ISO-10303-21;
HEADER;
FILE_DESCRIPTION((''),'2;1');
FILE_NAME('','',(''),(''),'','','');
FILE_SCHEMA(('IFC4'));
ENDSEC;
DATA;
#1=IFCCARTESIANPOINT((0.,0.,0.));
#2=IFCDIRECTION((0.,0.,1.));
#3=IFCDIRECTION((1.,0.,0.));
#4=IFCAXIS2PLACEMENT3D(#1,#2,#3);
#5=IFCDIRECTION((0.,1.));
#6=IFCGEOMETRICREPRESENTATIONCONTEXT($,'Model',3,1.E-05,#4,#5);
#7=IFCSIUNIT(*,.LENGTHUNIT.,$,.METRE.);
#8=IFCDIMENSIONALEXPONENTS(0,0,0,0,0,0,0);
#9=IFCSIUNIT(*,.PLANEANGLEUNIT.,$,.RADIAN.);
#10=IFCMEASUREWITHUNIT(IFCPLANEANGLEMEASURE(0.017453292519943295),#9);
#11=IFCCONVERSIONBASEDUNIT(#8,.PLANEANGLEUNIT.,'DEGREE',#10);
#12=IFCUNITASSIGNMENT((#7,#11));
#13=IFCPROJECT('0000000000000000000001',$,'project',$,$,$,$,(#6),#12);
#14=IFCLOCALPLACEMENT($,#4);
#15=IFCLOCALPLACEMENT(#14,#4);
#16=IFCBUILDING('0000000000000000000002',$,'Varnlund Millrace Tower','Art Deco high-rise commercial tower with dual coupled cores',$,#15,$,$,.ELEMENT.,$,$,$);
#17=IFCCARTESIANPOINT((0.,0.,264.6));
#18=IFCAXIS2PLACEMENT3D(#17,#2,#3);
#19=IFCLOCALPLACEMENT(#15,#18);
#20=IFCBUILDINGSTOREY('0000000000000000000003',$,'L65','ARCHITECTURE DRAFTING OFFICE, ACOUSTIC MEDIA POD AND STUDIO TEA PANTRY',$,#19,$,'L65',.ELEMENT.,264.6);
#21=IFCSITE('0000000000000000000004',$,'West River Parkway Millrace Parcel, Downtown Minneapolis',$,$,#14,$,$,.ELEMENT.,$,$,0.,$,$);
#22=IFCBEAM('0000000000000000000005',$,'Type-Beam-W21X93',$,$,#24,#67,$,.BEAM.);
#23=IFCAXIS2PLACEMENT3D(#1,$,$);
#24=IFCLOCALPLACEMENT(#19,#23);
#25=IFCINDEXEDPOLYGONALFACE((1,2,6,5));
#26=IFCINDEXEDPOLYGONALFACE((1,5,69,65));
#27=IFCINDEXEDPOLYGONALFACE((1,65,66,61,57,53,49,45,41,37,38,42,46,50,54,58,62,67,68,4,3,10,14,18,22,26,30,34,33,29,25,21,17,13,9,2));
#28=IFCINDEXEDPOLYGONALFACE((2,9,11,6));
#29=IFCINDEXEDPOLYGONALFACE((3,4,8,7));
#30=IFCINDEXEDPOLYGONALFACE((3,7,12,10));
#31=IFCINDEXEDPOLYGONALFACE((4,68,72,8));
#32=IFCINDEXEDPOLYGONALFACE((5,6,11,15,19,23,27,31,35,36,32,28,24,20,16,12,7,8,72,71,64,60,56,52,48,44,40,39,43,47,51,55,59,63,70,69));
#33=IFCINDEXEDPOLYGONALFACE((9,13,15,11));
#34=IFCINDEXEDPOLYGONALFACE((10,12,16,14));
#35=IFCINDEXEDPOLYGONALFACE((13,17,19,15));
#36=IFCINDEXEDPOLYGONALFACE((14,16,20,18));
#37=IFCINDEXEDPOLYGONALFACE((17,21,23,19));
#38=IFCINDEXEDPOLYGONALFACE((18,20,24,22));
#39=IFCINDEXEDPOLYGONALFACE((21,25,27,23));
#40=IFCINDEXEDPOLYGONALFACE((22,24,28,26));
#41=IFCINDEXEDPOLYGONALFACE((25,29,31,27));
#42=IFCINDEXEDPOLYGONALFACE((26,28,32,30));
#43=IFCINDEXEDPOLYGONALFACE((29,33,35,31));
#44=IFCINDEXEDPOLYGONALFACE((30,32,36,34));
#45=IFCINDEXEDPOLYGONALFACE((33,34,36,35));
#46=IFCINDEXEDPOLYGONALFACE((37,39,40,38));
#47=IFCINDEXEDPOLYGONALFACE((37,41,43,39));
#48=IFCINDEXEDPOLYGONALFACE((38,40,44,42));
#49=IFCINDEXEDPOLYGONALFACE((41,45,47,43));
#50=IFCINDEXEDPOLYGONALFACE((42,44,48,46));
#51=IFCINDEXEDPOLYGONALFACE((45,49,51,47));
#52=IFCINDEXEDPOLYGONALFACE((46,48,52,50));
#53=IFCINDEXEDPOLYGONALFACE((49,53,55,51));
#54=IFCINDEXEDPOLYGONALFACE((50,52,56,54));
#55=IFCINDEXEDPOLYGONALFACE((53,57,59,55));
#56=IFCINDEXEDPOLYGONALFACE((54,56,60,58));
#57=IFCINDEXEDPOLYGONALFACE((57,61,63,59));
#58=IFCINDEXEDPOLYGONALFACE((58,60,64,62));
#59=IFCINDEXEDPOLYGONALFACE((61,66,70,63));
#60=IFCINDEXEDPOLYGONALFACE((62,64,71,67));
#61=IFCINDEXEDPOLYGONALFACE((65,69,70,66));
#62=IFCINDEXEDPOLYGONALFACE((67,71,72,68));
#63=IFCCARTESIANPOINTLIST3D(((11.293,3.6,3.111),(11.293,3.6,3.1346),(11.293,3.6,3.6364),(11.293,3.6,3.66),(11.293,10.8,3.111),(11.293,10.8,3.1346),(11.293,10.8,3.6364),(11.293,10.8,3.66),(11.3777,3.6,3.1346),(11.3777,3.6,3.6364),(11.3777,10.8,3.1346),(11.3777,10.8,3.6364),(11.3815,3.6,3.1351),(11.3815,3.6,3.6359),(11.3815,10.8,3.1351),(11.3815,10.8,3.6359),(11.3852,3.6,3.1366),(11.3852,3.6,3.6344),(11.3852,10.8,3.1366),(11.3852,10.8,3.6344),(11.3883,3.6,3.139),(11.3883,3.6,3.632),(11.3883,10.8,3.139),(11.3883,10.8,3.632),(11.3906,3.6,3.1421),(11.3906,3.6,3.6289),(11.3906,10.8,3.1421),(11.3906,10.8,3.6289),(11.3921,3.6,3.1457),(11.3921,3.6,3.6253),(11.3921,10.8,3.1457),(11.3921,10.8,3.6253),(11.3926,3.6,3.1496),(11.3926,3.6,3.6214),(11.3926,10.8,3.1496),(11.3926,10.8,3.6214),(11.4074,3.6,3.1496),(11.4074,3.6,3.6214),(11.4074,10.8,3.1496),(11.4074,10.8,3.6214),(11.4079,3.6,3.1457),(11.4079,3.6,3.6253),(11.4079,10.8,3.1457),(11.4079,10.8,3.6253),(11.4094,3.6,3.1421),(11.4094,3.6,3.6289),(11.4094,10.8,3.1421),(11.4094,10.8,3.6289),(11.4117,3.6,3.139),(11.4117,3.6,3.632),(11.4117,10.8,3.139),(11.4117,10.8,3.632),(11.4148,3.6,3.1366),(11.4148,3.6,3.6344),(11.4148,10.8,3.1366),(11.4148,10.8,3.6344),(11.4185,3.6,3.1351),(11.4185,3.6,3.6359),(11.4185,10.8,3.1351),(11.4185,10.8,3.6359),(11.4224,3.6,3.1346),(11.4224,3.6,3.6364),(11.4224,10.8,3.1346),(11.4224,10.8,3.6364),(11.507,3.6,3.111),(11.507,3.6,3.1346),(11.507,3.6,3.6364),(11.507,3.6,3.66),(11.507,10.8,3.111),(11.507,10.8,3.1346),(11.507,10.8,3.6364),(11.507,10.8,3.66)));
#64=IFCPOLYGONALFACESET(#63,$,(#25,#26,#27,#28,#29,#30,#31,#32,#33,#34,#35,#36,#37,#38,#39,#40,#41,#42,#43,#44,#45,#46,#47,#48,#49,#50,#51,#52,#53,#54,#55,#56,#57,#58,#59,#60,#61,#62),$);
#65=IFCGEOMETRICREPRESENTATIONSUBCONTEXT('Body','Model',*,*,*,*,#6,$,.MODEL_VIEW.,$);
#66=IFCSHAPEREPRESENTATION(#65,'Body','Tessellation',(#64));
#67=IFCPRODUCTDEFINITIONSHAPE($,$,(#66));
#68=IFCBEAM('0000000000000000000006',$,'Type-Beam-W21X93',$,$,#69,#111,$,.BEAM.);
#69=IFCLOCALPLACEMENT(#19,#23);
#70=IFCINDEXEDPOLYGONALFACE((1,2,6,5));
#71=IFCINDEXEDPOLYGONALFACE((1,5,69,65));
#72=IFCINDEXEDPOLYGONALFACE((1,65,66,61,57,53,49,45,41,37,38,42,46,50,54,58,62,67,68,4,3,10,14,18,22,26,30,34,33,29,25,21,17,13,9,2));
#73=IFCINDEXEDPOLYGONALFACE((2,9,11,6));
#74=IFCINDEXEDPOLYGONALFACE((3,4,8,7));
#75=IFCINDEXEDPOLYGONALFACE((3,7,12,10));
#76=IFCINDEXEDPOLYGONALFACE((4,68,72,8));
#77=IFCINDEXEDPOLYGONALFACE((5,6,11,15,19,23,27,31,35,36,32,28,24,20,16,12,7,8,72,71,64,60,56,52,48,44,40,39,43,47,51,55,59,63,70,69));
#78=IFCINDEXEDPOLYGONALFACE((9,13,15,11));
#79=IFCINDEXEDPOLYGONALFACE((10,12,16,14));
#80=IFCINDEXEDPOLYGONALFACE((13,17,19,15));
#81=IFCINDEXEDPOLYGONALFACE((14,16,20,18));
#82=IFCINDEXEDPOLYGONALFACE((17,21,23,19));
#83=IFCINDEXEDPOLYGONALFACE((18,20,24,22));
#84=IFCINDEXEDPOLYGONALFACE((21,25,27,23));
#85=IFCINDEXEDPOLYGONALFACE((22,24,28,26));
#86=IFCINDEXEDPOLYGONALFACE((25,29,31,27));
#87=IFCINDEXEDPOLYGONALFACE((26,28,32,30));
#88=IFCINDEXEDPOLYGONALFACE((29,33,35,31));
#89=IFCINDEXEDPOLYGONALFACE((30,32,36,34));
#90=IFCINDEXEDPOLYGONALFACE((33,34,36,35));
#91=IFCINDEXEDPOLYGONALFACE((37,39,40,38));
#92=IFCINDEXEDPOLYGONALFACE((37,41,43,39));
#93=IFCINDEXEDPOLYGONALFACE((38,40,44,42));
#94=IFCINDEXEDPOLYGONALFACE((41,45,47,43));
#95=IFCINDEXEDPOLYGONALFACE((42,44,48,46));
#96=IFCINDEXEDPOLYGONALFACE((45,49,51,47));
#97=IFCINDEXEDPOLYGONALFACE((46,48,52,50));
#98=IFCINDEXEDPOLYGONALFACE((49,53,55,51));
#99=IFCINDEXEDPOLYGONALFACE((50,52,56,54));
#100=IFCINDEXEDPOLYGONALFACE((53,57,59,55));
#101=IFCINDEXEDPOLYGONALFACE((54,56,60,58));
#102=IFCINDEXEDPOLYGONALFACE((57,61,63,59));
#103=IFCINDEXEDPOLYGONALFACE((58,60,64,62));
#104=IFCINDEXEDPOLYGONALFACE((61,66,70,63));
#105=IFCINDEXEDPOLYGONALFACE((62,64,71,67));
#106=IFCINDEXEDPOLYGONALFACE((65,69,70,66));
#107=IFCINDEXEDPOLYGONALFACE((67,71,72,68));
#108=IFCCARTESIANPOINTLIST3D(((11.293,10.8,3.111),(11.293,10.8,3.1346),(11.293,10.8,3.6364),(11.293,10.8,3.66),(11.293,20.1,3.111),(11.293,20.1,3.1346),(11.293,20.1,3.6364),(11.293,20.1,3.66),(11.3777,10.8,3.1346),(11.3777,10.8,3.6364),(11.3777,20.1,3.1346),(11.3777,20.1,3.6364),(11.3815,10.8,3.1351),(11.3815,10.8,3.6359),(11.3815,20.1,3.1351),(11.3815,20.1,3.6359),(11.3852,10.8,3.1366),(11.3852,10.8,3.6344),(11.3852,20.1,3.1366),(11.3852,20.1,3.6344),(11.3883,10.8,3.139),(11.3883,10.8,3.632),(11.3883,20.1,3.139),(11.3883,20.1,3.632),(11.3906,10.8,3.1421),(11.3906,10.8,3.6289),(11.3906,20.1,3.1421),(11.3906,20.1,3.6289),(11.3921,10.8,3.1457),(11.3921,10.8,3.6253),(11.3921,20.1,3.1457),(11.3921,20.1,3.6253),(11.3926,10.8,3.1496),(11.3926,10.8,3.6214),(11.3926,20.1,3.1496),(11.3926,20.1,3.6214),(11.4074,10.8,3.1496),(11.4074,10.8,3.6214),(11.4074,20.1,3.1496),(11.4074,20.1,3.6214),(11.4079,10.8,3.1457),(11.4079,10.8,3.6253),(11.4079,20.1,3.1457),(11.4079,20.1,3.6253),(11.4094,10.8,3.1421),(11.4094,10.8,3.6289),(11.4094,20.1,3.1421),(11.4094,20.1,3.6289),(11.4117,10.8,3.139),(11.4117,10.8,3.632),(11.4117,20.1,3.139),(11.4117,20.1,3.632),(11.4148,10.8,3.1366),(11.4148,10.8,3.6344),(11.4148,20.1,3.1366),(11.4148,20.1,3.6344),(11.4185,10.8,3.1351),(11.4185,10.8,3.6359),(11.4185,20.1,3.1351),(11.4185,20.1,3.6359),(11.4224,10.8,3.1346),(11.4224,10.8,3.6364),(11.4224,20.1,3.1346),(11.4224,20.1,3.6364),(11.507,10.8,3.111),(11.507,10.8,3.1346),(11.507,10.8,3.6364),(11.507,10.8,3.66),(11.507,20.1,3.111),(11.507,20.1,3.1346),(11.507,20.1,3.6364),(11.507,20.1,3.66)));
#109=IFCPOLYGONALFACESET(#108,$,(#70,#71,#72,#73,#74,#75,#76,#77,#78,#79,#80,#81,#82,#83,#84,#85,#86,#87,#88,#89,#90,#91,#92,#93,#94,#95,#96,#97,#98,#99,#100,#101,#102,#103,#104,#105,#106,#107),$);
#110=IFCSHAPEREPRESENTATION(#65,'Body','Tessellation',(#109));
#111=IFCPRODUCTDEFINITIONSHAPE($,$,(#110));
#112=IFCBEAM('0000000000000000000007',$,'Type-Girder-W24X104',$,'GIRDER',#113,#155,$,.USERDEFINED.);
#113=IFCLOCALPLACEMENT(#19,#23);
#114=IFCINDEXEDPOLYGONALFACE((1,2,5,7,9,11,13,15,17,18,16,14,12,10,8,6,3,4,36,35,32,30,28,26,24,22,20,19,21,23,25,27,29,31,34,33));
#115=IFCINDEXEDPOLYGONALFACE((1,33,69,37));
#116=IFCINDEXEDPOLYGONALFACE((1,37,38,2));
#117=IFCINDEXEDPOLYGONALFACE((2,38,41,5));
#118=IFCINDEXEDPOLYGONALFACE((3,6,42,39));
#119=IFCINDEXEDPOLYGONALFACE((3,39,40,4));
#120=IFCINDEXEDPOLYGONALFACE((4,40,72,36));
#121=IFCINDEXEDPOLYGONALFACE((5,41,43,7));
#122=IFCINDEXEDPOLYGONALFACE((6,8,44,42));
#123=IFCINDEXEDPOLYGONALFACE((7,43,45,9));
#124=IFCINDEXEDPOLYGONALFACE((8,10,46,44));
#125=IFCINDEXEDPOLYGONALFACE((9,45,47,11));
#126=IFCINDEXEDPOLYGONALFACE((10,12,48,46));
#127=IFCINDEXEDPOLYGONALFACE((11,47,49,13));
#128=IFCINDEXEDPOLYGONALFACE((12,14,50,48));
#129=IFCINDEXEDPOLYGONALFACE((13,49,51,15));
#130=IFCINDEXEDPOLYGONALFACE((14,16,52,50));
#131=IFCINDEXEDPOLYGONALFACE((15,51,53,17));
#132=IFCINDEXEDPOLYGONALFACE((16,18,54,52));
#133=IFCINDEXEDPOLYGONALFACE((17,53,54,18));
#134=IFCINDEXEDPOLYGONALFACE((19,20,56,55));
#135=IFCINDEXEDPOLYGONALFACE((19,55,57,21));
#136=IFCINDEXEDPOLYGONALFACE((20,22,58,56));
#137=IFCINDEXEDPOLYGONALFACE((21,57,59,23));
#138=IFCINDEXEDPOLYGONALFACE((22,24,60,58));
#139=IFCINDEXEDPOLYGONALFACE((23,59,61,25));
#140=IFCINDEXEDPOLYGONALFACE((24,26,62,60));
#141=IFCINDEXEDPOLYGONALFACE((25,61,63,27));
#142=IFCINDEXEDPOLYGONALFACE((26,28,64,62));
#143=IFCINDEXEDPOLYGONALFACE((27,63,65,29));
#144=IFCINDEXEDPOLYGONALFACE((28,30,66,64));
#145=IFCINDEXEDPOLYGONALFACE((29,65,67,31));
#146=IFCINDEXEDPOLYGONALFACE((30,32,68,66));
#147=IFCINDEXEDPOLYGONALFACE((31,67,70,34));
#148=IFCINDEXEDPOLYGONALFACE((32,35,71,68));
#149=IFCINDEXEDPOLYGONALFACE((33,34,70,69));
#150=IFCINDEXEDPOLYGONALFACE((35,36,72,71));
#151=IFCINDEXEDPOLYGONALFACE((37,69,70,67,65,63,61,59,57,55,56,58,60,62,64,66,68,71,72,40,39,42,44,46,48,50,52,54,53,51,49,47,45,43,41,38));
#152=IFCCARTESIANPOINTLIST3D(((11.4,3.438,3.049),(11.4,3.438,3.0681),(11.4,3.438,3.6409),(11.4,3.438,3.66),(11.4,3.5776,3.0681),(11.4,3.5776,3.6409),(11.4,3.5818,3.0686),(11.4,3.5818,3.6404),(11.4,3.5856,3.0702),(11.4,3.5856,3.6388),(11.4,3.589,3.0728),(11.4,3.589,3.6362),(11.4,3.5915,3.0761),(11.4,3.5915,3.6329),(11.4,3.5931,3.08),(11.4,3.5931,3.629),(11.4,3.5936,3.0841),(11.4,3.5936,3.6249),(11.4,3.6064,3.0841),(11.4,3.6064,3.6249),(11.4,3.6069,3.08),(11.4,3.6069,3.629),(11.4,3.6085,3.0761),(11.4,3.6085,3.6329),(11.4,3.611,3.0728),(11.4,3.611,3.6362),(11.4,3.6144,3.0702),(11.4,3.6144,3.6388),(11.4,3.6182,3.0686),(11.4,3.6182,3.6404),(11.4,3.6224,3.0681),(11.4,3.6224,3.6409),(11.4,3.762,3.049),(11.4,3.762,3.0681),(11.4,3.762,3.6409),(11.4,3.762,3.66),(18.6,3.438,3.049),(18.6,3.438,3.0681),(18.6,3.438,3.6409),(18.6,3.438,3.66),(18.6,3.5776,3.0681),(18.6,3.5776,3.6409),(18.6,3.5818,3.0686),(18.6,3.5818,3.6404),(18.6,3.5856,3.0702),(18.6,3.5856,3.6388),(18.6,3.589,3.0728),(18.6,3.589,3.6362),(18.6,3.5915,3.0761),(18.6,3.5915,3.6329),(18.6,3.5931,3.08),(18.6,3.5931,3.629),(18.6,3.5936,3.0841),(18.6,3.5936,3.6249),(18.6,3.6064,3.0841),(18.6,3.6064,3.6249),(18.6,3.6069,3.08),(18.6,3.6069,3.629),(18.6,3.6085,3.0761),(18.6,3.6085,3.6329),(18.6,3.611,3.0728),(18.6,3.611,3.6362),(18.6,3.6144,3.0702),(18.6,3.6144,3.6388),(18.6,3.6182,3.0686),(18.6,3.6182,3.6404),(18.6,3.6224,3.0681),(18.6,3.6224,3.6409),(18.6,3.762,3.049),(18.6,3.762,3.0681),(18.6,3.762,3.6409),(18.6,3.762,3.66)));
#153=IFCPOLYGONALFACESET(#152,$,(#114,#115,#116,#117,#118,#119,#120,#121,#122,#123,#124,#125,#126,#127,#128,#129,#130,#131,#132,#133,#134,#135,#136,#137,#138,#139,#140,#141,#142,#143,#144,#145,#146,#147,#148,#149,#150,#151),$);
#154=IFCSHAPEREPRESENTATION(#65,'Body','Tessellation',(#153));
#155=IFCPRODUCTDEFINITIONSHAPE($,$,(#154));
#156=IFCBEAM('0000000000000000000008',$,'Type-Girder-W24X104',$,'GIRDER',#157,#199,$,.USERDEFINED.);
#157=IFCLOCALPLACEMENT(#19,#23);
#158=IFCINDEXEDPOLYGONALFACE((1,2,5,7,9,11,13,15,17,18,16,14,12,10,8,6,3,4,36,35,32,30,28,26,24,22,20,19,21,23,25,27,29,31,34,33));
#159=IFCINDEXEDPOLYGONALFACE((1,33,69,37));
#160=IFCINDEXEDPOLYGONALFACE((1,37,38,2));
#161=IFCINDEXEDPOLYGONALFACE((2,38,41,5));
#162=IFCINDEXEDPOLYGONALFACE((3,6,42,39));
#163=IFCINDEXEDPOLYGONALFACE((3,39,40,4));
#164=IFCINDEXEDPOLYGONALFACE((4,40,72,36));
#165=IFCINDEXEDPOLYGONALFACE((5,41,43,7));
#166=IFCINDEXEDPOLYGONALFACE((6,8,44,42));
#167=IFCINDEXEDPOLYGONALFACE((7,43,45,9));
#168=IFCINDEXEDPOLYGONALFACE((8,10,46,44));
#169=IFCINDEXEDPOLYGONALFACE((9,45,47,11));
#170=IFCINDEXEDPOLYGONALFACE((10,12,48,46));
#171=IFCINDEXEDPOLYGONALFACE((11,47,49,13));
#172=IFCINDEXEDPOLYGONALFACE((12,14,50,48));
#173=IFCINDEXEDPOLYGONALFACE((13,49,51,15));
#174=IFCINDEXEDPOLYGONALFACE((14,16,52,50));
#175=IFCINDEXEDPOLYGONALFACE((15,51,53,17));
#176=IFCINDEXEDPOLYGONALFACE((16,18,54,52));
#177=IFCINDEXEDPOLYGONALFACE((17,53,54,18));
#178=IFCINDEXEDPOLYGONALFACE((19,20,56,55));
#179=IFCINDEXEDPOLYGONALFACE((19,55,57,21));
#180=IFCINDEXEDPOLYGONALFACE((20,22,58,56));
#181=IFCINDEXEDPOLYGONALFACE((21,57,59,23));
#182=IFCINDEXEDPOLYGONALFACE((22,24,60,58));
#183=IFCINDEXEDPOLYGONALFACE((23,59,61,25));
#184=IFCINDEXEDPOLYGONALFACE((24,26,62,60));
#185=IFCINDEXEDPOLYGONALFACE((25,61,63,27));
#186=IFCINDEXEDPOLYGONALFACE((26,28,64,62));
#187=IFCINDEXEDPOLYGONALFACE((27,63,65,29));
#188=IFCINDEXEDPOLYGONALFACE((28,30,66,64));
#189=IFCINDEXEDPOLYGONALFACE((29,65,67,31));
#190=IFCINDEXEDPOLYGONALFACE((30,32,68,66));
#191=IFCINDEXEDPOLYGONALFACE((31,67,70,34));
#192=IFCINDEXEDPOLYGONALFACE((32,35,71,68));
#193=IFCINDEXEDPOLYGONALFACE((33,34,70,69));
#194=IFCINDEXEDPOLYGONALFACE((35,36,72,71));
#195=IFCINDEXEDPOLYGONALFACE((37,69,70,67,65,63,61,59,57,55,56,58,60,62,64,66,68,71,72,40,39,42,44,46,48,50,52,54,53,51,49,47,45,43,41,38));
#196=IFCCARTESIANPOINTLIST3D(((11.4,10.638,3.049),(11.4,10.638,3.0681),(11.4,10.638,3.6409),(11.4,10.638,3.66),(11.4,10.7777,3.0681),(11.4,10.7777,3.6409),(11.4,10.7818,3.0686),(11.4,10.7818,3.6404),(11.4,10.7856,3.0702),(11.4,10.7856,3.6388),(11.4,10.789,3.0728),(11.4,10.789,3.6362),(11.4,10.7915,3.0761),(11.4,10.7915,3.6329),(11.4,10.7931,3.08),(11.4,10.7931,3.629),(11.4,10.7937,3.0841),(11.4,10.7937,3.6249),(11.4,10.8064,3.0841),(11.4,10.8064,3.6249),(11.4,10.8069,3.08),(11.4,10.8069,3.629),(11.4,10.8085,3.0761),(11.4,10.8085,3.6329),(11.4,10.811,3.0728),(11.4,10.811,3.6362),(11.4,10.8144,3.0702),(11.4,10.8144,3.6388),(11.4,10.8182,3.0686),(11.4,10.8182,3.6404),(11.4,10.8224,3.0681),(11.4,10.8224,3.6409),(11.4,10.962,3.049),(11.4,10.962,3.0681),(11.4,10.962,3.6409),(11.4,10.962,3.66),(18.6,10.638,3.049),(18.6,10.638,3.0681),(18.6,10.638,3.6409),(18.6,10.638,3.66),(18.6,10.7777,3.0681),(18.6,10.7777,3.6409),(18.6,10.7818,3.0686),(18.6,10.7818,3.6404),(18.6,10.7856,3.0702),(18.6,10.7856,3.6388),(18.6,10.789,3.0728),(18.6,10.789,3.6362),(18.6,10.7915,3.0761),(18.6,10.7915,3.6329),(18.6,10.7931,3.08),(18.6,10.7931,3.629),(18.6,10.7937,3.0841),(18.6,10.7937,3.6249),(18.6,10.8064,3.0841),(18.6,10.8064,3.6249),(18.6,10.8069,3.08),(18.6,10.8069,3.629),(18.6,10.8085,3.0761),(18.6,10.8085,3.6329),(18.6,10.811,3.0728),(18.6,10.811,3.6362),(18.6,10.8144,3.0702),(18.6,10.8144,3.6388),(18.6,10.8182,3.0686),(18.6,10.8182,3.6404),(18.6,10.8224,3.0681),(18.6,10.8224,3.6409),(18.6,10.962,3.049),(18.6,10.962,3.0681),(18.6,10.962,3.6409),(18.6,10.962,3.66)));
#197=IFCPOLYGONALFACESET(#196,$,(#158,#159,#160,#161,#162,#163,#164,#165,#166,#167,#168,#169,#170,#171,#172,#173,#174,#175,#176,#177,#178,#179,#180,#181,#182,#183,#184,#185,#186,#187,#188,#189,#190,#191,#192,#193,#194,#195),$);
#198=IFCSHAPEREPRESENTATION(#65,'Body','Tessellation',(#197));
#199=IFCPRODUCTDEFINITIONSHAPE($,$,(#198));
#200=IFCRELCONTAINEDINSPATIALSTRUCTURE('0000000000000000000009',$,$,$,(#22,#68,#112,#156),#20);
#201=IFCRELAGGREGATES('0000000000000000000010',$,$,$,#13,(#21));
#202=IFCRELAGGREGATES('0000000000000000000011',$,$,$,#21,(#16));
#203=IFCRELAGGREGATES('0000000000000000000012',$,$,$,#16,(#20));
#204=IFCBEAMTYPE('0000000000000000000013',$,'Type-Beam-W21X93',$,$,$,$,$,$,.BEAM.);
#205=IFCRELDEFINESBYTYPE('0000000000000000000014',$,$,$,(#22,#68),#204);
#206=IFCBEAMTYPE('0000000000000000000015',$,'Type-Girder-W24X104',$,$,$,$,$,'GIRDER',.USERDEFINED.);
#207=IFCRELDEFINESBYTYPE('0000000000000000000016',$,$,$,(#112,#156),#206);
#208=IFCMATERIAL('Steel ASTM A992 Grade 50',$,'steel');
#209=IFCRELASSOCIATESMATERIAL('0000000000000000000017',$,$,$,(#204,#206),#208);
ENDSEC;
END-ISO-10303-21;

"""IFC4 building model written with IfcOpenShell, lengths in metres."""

from ifc_helpers import new_model, entity, si_unit, converted_unit, direction, frame, origin_with_axes, origin_2d_with_axis, place, context, subcontext, project, spatial, i_section, extrude, material, material_profile, profile_set, type_object, element, save


model = new_model("IFC4")

# Units and contexts
model_context = context("Model", 3, precision=1e-05, world=origin_with_axes(), true_north=direction((0.0, 1.0)))
body_context = subcontext(model_context, "Body", "Model", "MODEL_VIEW")
ifc_project = project(units=[si_unit("LENGTHUNIT", "METRE"), converted_unit("PLANEANGLEUNIT", "DEGREE", entity("IfcPlaneAngleMeasure", 0.017453292519943295), si_unit("PLANEANGLEUNIT", "RADIAN"), dimensions=[0, 0, 0, 0, 0, 0, 0])], contexts=[model_context])

# Site, building, storey
site_placement = place(None, origin_with_axes())
site = spatial("IfcSite", under=ifc_project, at=site_placement, Name="West River Parkway Millrace Parcel, Downtown Minneapolis", CompositionType="ELEMENT", RefElevation=0.0)
building_placement = place(site_placement, origin_with_axes())
building = spatial("IfcBuilding", under=site, at=building_placement, Name="Varnlund Millrace Tower", Description="Art Deco high-rise commercial tower with dual coupled cores", CompositionType="ELEMENT")
storey_placement = place(building_placement, frame((0.0, 0.0, 264.6), z_axis=(0.0, 0.0, 1.0), x_axis=(1.0, 0.0, 0.0)))
storey = spatial("IfcBuildingStorey", under=building, at=storey_placement, Name="L65", Description="ARCHITECTURE DRAFTING OFFICE, ACOUSTIC MEDIA POD AND STUDIO TEA PANTRY", LongName="L65", CompositionType="ELEMENT", Elevation=264.6)

# Beams
ifc_material_1 = material(Name="Steel ASTM A992 Grade 50", Category="steel")
ifc_material_profile_1 = material_profile(ifc_material_1, i_section(OverallWidth=0.214, OverallDepth=0.549, WebThickness=0.0147, FlangeThickness=0.0236, FilletRadius=0.015, at=origin_2d_with_axis()), Name="Steel ASTM A992 Grade 50")
ifc_profile_set_1 = profile_set([ifc_material_profile_1], Name="Steel ASTM A992 Grade 50")
beam_type_1 = type_object("IfcBeamType", Name="Type-Beam-W21X93", PredefinedType="BEAM", material=ifc_profile_set_1)
beam_1_placement = place(storey_placement, frame((11.4, 3.6, 3.3855), z_axis=(0.0, 1.0, 0.0), x_axis=(-1.0, 0.0, 0.0)))
element("IfcBeam", 1, at=beam_1_placement, inside=storey, type_object=beam_type_1, Name="Type-Beam-W21X93", PredefinedType="BEAM", context=body_context, shape_type="SweptSolid", body=[
    extrude(i_section(OverallWidth=0.214, OverallDepth=0.549, WebThickness=0.0147, FlangeThickness=0.0236, FilletRadius=0.015, at=origin_2d_with_axis()), origin_with_axes(), (0.0, 0.0, 1.0), 7.2),
])
beam_2_placement = place(storey_placement, frame((11.4, 10.8, 3.3855), z_axis=(0.0, 1.0, 0.0), x_axis=(-1.0, 0.0, 0.0)))
element("IfcBeam", 2, at=beam_2_placement, inside=storey, type_object=beam_type_1, Name="Type-Beam-W21X93", PredefinedType="BEAM", context=body_context, shape_type="SweptSolid", body=[
    extrude(i_section(OverallWidth=0.214, OverallDepth=0.549, WebThickness=0.0147, FlangeThickness=0.0236, FilletRadius=0.015, at=origin_2d_with_axis()), origin_with_axes(), (0.0, 0.0, 1.0), 9.3),
])
ifc_material_profile_2 = material_profile(ifc_material_1, i_section(OverallWidth=0.324, OverallDepth=0.611, WebThickness=0.0127, FlangeThickness=0.0191, FilletRadius=0.016, at=origin_2d_with_axis()), Name="Steel ASTM A992 Grade 50")
ifc_profile_set_2 = profile_set([ifc_material_profile_2], Name="Steel ASTM A992 Grade 50")
beam_type_2 = type_object("IfcBeamType", Name="Type-Girder-W24X104", ElementType="GIRDER", PredefinedType="USERDEFINED", material=ifc_profile_set_2)
for number, where, z_axis, x_axis, name in (
    (3, (11.4, 3.6, 3.3545), (1.0, 0.0, 0.0), (0.0, 1.0, 0.0), "Type-Girder-W24X104"),
    (4, (11.4, 10.8, 3.3545), (1.0, 0.0, 0.0), (0.0, 1.0, 0.0), "Type-Girder-W24X104"),
):
    element("IfcBeam", number, at=place(storey_placement, frame(where, z_axis=z_axis, x_axis=x_axis)), inside=storey, type_object=beam_type_2, Name=name, ObjectType="GIRDER", PredefinedType="USERDEFINED", context=body_context, shape_type="SweptSolid", body=[
        extrude(i_section(OverallWidth=0.324, OverallDepth=0.611, WebThickness=0.0127, FlangeThickness=0.0191, FilletRadius=0.016, at=origin_2d_with_axis()), origin_with_axes(), (0.0, 0.0, 1.0), 7.2),
    ])

save(model, "model.ifc")
